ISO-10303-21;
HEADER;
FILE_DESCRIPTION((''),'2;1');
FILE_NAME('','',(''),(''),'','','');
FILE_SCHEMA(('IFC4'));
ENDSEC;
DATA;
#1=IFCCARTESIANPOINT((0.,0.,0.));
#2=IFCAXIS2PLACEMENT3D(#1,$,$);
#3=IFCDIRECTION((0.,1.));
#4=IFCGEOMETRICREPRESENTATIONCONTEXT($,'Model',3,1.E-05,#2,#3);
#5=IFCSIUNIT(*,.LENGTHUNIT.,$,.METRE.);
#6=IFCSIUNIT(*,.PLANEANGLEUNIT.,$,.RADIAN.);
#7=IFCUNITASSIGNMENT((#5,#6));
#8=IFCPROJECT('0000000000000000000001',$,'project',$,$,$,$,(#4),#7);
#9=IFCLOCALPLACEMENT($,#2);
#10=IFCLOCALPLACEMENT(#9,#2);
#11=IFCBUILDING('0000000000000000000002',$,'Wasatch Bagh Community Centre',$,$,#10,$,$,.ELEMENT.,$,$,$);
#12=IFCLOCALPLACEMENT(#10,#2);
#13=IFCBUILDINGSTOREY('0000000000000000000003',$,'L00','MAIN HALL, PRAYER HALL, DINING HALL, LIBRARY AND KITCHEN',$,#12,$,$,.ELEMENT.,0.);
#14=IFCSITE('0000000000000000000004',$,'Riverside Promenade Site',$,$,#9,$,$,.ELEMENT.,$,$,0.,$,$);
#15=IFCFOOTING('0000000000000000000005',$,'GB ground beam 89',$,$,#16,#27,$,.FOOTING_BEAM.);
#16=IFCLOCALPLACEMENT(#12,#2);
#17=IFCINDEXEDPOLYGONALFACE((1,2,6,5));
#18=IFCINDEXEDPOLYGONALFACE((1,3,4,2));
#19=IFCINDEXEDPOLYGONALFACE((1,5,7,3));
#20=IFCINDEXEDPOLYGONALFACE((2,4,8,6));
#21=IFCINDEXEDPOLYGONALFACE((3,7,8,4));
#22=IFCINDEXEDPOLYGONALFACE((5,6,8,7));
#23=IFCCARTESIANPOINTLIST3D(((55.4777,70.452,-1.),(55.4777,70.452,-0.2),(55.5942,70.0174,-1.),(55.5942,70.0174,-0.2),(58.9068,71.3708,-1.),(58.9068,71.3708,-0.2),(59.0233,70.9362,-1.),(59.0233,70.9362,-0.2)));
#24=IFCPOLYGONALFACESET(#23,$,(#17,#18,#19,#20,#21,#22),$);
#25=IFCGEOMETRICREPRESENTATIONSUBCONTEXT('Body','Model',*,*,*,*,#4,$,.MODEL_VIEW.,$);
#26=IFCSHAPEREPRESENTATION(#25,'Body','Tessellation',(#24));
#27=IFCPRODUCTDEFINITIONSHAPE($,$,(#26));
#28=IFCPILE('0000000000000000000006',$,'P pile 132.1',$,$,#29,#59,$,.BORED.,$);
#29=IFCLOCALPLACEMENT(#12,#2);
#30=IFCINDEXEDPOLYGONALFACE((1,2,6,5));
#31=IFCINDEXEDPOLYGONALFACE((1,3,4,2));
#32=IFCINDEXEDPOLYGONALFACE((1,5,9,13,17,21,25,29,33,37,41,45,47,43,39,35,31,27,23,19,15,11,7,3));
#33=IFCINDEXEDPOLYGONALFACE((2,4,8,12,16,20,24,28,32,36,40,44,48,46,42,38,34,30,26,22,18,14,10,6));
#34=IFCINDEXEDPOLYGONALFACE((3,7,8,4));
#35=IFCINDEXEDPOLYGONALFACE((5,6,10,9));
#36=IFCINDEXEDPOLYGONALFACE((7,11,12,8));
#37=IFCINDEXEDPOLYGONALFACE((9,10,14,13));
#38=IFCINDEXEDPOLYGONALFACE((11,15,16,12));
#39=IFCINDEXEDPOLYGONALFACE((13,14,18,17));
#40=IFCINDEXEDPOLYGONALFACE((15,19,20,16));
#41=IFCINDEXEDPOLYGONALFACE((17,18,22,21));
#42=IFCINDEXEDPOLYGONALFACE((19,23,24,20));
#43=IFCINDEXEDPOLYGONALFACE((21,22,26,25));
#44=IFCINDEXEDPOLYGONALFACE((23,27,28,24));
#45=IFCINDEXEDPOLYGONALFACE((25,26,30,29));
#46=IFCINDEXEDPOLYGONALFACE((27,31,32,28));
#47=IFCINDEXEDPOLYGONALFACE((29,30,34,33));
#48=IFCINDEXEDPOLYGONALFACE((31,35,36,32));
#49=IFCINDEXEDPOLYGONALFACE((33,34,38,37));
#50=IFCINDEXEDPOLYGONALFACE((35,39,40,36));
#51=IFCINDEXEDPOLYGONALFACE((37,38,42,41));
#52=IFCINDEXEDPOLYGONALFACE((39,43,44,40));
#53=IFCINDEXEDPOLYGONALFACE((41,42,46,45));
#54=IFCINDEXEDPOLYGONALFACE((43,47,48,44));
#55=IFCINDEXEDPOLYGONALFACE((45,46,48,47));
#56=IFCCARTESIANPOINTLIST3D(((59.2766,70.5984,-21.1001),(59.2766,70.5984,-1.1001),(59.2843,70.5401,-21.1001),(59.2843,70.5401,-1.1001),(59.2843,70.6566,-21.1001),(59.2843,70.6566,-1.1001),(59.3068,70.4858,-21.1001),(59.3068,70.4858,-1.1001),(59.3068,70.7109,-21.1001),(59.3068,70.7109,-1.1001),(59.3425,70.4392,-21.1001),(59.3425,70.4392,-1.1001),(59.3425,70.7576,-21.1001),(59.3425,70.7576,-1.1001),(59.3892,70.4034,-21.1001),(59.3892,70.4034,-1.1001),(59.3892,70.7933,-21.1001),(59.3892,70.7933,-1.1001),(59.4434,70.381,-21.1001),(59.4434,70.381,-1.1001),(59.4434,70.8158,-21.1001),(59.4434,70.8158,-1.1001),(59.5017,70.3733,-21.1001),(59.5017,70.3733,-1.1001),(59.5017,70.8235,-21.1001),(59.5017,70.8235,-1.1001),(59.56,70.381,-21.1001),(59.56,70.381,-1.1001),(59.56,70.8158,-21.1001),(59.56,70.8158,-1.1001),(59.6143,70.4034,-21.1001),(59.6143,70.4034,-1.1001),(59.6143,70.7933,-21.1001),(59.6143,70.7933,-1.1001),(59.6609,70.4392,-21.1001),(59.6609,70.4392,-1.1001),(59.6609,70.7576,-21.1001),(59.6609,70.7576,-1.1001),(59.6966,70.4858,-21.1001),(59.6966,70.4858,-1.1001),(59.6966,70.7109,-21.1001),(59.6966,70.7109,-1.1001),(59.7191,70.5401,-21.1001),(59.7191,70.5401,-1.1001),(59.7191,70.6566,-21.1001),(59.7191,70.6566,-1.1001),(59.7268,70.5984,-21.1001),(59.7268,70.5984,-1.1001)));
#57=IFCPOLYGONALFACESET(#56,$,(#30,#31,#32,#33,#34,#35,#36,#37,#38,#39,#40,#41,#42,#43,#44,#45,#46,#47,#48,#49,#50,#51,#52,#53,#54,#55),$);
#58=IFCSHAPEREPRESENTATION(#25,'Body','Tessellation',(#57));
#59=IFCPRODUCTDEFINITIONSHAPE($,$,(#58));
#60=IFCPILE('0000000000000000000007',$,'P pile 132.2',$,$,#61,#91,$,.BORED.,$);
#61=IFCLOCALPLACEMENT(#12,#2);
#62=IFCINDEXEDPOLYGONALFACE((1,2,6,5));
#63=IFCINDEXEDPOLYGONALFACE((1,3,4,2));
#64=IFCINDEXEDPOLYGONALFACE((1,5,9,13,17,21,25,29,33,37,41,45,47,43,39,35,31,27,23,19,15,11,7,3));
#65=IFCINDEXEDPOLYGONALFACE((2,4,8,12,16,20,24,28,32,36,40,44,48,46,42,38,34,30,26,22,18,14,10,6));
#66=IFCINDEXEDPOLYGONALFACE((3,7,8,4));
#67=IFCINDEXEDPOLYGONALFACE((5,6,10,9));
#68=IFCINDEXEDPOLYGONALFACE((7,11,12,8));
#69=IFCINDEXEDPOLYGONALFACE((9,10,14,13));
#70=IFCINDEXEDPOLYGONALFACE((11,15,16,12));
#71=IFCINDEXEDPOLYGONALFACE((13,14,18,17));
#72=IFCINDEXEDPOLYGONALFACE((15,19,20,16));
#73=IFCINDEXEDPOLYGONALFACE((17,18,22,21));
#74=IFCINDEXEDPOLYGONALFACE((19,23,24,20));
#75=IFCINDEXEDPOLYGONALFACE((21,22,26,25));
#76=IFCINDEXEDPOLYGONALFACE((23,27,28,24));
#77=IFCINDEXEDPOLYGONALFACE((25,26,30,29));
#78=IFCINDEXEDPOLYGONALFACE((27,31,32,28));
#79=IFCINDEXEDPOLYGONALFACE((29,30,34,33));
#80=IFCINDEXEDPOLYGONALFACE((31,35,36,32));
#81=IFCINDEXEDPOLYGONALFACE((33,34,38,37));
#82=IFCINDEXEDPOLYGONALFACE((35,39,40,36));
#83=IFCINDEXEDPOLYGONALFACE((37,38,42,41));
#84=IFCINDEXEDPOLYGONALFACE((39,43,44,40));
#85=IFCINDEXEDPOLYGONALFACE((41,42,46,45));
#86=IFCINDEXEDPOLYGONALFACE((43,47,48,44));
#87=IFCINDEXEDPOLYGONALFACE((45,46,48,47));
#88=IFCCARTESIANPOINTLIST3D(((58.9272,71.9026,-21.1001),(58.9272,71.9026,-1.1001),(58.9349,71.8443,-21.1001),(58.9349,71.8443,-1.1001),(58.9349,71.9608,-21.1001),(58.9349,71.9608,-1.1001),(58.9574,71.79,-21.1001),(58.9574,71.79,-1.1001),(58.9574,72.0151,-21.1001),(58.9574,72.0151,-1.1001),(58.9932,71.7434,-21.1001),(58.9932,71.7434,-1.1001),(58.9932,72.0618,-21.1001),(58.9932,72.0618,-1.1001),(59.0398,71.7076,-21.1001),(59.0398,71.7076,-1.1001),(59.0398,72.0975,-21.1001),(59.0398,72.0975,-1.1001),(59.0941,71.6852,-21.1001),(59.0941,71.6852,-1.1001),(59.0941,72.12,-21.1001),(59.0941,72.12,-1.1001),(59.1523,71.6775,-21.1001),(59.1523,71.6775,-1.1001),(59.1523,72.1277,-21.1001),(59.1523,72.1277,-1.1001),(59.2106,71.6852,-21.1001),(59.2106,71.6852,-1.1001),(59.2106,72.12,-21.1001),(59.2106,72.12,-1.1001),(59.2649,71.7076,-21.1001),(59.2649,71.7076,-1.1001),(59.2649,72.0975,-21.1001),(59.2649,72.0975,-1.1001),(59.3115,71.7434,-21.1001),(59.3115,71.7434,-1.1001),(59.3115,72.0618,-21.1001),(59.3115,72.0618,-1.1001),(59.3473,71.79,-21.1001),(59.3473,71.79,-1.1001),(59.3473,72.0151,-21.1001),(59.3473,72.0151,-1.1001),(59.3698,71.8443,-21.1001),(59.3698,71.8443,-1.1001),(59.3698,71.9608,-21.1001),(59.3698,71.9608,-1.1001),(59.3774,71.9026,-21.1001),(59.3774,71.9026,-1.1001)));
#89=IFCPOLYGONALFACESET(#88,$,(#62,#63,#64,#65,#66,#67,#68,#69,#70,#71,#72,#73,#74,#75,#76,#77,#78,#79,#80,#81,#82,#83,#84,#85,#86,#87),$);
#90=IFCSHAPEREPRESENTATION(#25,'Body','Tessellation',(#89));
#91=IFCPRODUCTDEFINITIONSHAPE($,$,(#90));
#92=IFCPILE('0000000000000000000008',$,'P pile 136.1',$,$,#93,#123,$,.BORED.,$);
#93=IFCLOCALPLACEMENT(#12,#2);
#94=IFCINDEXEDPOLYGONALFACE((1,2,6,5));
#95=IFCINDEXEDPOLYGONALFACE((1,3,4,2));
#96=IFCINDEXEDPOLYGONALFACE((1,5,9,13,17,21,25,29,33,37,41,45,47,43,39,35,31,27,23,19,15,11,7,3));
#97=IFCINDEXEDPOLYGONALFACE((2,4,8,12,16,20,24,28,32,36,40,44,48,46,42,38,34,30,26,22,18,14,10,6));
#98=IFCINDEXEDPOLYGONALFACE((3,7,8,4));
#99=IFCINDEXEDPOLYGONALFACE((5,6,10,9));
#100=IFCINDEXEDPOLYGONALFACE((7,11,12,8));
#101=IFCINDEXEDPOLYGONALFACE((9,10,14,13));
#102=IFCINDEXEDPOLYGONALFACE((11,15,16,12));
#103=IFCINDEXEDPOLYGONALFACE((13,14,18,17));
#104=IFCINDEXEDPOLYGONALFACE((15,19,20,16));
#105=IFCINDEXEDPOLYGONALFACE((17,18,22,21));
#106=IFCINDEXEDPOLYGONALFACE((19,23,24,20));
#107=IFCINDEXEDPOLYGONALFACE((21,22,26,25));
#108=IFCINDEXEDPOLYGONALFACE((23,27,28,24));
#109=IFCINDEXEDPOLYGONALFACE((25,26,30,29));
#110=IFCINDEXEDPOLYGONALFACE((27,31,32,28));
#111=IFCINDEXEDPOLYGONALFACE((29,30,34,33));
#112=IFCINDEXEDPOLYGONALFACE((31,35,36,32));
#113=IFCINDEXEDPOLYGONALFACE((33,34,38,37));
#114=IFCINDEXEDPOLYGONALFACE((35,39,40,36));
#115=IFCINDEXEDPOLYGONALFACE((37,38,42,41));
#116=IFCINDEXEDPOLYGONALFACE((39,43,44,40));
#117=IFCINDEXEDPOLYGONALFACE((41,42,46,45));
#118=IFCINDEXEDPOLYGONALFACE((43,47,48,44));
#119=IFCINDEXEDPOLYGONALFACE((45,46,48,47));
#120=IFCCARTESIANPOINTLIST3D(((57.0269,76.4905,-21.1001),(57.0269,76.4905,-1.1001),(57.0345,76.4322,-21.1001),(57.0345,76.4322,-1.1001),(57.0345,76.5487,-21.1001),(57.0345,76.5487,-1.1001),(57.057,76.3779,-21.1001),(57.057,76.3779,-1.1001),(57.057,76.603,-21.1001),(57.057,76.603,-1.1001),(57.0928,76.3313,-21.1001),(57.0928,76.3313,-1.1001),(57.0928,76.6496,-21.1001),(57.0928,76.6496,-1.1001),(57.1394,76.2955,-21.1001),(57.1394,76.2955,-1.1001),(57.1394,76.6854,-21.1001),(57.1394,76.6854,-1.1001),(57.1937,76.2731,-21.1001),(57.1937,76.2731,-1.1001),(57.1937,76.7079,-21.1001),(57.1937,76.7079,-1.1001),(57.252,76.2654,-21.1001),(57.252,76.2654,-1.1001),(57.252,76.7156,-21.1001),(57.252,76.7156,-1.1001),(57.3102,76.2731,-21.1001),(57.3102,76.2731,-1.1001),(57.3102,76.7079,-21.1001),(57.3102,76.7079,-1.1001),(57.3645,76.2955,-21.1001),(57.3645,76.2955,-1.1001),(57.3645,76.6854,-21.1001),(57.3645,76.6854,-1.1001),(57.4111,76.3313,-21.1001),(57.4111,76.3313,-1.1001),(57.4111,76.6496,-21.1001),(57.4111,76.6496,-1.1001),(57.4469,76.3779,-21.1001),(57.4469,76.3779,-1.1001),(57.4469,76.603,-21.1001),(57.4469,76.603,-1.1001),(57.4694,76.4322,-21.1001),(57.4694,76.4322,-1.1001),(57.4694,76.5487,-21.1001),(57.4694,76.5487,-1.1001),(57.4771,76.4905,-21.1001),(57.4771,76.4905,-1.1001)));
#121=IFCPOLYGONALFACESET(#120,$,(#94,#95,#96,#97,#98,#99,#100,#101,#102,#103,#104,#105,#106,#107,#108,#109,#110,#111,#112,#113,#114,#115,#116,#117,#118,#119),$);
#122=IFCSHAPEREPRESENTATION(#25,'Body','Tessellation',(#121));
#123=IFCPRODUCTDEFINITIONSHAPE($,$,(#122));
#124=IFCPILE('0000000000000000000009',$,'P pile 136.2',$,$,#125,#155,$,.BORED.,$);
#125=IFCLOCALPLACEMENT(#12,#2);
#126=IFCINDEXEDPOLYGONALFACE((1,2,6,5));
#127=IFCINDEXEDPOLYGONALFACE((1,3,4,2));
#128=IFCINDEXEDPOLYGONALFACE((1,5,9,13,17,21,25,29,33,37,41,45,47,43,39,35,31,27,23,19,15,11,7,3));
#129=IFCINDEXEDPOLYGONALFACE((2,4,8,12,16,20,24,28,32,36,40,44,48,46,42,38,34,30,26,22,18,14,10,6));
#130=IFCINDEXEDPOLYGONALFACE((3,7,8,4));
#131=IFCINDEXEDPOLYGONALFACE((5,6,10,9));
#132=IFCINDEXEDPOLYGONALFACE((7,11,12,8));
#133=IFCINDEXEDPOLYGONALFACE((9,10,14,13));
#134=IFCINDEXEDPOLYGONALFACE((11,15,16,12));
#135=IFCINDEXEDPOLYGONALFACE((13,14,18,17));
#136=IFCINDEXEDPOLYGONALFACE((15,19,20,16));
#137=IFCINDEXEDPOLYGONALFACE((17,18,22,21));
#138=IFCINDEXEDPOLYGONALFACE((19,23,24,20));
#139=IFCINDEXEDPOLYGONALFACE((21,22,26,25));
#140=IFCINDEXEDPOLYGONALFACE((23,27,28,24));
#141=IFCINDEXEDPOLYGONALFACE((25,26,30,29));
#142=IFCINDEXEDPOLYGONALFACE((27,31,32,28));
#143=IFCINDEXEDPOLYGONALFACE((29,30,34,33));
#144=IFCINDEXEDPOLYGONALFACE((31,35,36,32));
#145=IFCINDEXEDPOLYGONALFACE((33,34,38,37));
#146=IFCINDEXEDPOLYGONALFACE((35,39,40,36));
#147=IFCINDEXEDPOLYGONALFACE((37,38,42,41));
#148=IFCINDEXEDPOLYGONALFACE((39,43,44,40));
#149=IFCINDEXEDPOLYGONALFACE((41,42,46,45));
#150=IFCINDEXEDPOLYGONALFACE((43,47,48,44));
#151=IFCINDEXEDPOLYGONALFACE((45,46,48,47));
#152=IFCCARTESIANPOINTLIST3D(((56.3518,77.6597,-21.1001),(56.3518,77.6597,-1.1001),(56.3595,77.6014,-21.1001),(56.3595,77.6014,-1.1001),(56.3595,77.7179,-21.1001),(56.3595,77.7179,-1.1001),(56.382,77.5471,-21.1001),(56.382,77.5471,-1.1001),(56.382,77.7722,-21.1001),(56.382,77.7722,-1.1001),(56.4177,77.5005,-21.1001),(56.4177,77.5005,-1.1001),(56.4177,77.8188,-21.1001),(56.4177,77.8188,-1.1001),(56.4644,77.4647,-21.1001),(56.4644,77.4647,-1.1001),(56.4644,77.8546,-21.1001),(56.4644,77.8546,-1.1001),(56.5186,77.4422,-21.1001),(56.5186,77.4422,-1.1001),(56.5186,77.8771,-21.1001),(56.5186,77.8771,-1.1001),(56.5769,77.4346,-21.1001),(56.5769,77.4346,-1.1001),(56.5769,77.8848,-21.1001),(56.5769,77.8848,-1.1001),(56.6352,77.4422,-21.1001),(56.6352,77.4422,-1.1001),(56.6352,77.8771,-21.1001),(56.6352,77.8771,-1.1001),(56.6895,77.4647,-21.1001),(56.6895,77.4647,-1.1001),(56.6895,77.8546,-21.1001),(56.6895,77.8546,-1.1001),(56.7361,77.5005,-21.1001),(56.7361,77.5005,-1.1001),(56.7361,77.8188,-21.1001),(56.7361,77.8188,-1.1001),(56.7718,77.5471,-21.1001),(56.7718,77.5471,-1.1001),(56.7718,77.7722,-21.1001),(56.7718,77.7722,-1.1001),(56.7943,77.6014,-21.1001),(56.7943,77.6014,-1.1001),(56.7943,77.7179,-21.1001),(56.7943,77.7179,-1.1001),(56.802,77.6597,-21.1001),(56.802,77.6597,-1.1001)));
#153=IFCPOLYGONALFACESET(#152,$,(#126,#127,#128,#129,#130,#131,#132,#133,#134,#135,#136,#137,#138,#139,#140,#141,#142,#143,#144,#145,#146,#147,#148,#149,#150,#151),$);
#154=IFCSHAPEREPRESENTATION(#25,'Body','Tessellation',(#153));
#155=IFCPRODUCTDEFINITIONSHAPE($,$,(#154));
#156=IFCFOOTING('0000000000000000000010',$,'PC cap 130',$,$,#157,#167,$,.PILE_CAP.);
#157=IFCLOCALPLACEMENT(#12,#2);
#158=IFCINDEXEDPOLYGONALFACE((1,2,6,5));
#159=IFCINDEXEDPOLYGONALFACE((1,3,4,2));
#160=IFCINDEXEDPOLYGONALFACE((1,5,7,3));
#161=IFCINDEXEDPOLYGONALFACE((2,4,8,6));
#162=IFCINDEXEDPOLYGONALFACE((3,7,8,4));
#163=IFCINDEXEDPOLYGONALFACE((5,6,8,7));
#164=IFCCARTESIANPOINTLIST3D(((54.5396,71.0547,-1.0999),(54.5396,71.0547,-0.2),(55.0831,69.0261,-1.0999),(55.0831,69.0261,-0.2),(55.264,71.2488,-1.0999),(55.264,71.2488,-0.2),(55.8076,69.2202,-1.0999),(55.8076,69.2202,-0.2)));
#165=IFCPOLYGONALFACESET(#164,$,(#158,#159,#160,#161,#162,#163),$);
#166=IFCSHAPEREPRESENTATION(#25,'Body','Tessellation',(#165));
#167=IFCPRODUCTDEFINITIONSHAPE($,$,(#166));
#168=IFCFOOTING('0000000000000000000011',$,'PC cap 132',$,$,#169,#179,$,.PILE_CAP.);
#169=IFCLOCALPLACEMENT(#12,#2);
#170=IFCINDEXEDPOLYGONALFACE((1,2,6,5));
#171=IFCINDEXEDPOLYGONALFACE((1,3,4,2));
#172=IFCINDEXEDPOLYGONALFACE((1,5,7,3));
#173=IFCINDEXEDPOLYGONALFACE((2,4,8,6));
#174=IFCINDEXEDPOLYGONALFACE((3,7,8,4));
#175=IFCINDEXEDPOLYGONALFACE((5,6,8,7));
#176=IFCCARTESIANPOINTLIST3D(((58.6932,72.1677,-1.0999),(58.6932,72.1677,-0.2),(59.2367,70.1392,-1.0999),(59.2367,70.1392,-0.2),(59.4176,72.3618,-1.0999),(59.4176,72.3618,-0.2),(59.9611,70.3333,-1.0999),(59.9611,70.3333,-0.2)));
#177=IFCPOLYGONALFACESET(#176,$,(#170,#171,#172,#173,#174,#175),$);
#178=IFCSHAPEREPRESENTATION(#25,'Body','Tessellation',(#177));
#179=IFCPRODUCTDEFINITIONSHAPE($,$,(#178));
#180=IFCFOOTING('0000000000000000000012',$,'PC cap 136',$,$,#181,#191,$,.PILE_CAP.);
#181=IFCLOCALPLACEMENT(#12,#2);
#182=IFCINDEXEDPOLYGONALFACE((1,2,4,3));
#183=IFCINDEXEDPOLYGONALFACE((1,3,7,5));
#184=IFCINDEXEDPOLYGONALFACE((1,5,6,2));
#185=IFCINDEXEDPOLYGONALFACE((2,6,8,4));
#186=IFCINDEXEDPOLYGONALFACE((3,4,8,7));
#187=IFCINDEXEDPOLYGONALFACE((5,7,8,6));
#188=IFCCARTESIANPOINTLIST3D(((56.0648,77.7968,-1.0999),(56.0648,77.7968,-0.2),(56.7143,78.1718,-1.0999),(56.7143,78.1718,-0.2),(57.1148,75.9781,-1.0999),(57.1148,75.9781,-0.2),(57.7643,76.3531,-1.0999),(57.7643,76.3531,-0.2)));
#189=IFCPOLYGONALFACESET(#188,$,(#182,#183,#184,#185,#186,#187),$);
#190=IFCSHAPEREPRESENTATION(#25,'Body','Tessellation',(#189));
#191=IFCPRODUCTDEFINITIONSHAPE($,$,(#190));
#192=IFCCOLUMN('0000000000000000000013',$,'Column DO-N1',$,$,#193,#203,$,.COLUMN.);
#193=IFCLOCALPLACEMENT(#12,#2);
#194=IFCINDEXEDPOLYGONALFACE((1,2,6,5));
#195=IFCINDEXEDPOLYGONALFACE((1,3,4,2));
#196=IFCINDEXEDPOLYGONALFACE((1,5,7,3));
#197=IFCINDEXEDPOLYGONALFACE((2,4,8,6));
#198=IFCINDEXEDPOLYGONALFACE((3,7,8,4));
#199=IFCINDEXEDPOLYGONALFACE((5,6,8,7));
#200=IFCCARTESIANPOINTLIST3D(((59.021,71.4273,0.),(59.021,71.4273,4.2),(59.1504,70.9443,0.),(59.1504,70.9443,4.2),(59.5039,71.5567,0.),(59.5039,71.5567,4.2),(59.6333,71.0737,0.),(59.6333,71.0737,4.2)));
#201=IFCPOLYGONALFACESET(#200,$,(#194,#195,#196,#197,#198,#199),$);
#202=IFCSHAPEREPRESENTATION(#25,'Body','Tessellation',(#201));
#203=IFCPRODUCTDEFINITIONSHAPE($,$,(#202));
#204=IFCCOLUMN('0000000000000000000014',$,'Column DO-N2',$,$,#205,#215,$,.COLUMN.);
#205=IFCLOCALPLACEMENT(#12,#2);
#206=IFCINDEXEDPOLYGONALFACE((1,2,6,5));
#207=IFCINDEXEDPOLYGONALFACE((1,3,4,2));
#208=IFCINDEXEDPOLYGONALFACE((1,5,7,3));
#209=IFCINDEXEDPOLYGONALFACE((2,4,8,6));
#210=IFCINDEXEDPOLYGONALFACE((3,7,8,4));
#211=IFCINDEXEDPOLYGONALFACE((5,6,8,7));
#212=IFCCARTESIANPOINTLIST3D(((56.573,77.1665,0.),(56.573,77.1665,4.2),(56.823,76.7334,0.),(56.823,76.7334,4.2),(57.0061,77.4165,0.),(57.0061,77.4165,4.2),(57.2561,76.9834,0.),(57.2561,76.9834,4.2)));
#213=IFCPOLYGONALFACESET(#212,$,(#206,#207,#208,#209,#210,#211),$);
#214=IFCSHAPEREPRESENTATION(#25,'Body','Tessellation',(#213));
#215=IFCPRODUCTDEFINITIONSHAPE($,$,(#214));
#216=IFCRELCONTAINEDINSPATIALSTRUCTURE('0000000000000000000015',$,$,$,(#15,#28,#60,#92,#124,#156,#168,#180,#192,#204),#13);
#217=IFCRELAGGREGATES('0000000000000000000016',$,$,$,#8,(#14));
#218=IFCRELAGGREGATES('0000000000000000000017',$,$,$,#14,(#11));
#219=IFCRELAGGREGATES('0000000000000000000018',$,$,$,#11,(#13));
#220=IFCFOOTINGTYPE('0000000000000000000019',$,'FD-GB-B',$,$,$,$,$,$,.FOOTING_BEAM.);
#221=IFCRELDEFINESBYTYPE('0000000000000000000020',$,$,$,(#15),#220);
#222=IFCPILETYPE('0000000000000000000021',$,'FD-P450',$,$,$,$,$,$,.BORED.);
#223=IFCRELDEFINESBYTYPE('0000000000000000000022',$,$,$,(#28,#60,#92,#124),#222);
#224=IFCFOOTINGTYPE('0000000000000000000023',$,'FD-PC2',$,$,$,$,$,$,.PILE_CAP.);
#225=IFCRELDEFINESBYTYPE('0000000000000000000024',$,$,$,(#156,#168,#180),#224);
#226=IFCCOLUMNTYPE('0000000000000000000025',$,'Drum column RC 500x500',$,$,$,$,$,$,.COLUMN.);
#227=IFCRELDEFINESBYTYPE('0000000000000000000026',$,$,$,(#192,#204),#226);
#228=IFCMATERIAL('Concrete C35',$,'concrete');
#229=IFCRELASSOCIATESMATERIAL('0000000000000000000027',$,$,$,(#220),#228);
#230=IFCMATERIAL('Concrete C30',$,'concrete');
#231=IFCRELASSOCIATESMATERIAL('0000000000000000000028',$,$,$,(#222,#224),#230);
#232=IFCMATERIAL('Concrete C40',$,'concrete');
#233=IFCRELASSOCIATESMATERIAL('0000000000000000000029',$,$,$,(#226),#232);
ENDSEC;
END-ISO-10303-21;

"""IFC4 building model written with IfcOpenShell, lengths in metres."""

from ifc_helpers import new_model, si_unit, direction, frame, origin, origin_2d, place, context, subcontext, project, spatial, rectangle, circle, extrude, material, material_profile, profile_set, type_object, element, save


model = new_model("IFC4")

# Units and contexts
model_context = context("Model", 3, precision=1e-05, world=origin(), true_north=direction((0.0, 1.0)))
body_context = subcontext(model_context, "Body", "Model", "MODEL_VIEW")
ifc_project = project(units=[si_unit("LENGTHUNIT", "METRE"), si_unit("PLANEANGLEUNIT", "RADIAN")], contexts=[model_context])

# Site, building, storey
site_placement = place(None, origin())
site = spatial("IfcSite", under=ifc_project, at=site_placement, Name="Riverside Promenade Site", CompositionType="ELEMENT", RefElevation=0.0)
building_placement = place(site_placement, origin())
building = spatial("IfcBuilding", under=site, at=building_placement, Name="Wasatch Bagh Community Centre", CompositionType="ELEMENT")
storey_placement = place(building_placement, origin())
storey = spatial("IfcBuildingStorey", under=building, at=storey_placement, Name="L00", Description="MAIN HALL, PRAYER HALL, DINING HALL, LIBRARY AND KITCHEN", CompositionType="ELEMENT", Elevation=0.0)

# Footing
ifc_material_1 = material(Name="Concrete C35", Category="concrete")
footing_type_1 = type_object("IfcFootingType", Name="FD-GB-B", PredefinedType="FOOTING_BEAM", material=ifc_material_1)
footing_placement = place(storey_placement, frame((57.2505, 70.6941, -1.0), z_axis=(0.0, 0.0, 1.0), x_axis=(0.965926, 0.258819, 0.0)))
element("IfcFooting", 1, at=footing_placement, inside=storey, type_object=footing_type_1, Name="GB ground beam 89", PredefinedType="FOOTING_BEAM", context=body_context, shape_type="SweptSolid", body=[
    extrude(rectangle(XDim=3.55, YDim=0.45, at=origin_2d()), origin(), (0.0, 0.0, 1.0), 0.8),
])

# Piles
ifc_material_2 = material(Name="Concrete C30", Category="concrete")
ifc_material_profile_1 = material_profile(ifc_material_2, circle(Radius=0.2251, at=origin_2d()), Name="RC D450")
ifc_profile_set_1 = profile_set([ifc_material_profile_1], Name="Concrete C30")
pile_type = type_object("IfcPileType", Name="FD-P450", PredefinedType="BORED", material=ifc_profile_set_1)
for number, where, z_axis, x_axis, name in (
    (2, (59.5017, 70.5984, -1.1001), (0.0, 0.0, -1.0), (1.0, 0.0, 0.0), "P pile 132.1"),
    (3, (59.1523, 71.9026, -1.1001), (0.0, 0.0, -1.0), (1.0, 0.0, 0.0), "P pile 132.2"),
    (4, (57.252, 76.4905, -1.1001), (0.0, 0.0, -1.0), (1.0, 0.0, 0.0), "P pile 136.1"),
    (5, (56.5769, 77.6597, -1.1001), (0.0, 0.0, -1.0), (1.0, 0.0, 0.0), "P pile 136.2"),
):
    element("IfcPile", number, at=place(storey_placement, frame(where, z_axis=z_axis, x_axis=x_axis)), inside=storey, type_object=pile_type, Name=name, PredefinedType="BORED", context=body_context, shape_type="SweptSolid", body=[
        extrude(circle(Radius=0.2251, at=origin_2d()), origin(), (0.0, 0.0, 1.0), 20.0),
    ])

# Footings
footing_type_2 = type_object("IfcFootingType", Name="FD-PC2", PredefinedType="PILE_CAP", material=ifc_material_2)
for number, where, z_axis, x_axis, name in (
    (6, (55.1736, 70.1375, -1.0999), (0.0, 0.0, 1.0), (-0.258819, 0.965926, 0.0), "PC cap 130"),
    (7, (59.3271, 71.2505, -1.0999), (0.0, 0.0, 1.0), (-0.258819, 0.965926, 0.0), "PC cap 132"),
    (8, (56.9146, 77.075, -1.0999), (0.0, 0.0, 1.0), (-0.5, 0.866025, 0.0), "PC cap 136"),
):
    element("IfcFooting", number, at=place(storey_placement, frame(where, z_axis=z_axis, x_axis=x_axis)), inside=storey, type_object=footing_type_2, Name=name, PredefinedType="PILE_CAP", context=body_context, shape_type="SweptSolid", body=[
        extrude(rectangle(XDim=2.1001, YDim=0.75, at=origin_2d()), origin(), (0.0, 0.0, 1.0), 0.8999),
    ])

# Columns
ifc_material_3 = material(Name="Concrete C40", Category="concrete")
ifc_material_profile_2 = material_profile(ifc_material_3, rectangle(XDim=0.5, YDim=0.5, at=origin_2d()), Name="RC 500x500")
ifc_profile_set_2 = profile_set([ifc_material_profile_2], Name="Concrete C40")
column_type = type_object("IfcColumnType", Name="Drum column RC 500x500", PredefinedType="COLUMN", material=ifc_profile_set_2)
for number, where, z_axis, x_axis, name in (
    (9, (59.3271, 71.2505, 0.0), (0.0, 0.0, 1.0), (0.965926, 0.258819, 0.0), "Column DO-N1"),
    (10, (56.9146, 77.075, 0.0), (0.0, 0.0, 1.0), (0.866025, 0.5, 0.0), "Column DO-N2"),
):
    element("IfcColumn", number, at=place(storey_placement, frame(where, z_axis=z_axis, x_axis=x_axis)), inside=storey, type_object=column_type, Name=name, PredefinedType="COLUMN", context=body_context, shape_type="SweptSolid", body=[
        extrude(rectangle(XDim=0.5, YDim=0.5, at=origin_2d()), origin(), (0.0, 0.0, 1.0), 4.2),
    ])

save(model, "model.ifc")
